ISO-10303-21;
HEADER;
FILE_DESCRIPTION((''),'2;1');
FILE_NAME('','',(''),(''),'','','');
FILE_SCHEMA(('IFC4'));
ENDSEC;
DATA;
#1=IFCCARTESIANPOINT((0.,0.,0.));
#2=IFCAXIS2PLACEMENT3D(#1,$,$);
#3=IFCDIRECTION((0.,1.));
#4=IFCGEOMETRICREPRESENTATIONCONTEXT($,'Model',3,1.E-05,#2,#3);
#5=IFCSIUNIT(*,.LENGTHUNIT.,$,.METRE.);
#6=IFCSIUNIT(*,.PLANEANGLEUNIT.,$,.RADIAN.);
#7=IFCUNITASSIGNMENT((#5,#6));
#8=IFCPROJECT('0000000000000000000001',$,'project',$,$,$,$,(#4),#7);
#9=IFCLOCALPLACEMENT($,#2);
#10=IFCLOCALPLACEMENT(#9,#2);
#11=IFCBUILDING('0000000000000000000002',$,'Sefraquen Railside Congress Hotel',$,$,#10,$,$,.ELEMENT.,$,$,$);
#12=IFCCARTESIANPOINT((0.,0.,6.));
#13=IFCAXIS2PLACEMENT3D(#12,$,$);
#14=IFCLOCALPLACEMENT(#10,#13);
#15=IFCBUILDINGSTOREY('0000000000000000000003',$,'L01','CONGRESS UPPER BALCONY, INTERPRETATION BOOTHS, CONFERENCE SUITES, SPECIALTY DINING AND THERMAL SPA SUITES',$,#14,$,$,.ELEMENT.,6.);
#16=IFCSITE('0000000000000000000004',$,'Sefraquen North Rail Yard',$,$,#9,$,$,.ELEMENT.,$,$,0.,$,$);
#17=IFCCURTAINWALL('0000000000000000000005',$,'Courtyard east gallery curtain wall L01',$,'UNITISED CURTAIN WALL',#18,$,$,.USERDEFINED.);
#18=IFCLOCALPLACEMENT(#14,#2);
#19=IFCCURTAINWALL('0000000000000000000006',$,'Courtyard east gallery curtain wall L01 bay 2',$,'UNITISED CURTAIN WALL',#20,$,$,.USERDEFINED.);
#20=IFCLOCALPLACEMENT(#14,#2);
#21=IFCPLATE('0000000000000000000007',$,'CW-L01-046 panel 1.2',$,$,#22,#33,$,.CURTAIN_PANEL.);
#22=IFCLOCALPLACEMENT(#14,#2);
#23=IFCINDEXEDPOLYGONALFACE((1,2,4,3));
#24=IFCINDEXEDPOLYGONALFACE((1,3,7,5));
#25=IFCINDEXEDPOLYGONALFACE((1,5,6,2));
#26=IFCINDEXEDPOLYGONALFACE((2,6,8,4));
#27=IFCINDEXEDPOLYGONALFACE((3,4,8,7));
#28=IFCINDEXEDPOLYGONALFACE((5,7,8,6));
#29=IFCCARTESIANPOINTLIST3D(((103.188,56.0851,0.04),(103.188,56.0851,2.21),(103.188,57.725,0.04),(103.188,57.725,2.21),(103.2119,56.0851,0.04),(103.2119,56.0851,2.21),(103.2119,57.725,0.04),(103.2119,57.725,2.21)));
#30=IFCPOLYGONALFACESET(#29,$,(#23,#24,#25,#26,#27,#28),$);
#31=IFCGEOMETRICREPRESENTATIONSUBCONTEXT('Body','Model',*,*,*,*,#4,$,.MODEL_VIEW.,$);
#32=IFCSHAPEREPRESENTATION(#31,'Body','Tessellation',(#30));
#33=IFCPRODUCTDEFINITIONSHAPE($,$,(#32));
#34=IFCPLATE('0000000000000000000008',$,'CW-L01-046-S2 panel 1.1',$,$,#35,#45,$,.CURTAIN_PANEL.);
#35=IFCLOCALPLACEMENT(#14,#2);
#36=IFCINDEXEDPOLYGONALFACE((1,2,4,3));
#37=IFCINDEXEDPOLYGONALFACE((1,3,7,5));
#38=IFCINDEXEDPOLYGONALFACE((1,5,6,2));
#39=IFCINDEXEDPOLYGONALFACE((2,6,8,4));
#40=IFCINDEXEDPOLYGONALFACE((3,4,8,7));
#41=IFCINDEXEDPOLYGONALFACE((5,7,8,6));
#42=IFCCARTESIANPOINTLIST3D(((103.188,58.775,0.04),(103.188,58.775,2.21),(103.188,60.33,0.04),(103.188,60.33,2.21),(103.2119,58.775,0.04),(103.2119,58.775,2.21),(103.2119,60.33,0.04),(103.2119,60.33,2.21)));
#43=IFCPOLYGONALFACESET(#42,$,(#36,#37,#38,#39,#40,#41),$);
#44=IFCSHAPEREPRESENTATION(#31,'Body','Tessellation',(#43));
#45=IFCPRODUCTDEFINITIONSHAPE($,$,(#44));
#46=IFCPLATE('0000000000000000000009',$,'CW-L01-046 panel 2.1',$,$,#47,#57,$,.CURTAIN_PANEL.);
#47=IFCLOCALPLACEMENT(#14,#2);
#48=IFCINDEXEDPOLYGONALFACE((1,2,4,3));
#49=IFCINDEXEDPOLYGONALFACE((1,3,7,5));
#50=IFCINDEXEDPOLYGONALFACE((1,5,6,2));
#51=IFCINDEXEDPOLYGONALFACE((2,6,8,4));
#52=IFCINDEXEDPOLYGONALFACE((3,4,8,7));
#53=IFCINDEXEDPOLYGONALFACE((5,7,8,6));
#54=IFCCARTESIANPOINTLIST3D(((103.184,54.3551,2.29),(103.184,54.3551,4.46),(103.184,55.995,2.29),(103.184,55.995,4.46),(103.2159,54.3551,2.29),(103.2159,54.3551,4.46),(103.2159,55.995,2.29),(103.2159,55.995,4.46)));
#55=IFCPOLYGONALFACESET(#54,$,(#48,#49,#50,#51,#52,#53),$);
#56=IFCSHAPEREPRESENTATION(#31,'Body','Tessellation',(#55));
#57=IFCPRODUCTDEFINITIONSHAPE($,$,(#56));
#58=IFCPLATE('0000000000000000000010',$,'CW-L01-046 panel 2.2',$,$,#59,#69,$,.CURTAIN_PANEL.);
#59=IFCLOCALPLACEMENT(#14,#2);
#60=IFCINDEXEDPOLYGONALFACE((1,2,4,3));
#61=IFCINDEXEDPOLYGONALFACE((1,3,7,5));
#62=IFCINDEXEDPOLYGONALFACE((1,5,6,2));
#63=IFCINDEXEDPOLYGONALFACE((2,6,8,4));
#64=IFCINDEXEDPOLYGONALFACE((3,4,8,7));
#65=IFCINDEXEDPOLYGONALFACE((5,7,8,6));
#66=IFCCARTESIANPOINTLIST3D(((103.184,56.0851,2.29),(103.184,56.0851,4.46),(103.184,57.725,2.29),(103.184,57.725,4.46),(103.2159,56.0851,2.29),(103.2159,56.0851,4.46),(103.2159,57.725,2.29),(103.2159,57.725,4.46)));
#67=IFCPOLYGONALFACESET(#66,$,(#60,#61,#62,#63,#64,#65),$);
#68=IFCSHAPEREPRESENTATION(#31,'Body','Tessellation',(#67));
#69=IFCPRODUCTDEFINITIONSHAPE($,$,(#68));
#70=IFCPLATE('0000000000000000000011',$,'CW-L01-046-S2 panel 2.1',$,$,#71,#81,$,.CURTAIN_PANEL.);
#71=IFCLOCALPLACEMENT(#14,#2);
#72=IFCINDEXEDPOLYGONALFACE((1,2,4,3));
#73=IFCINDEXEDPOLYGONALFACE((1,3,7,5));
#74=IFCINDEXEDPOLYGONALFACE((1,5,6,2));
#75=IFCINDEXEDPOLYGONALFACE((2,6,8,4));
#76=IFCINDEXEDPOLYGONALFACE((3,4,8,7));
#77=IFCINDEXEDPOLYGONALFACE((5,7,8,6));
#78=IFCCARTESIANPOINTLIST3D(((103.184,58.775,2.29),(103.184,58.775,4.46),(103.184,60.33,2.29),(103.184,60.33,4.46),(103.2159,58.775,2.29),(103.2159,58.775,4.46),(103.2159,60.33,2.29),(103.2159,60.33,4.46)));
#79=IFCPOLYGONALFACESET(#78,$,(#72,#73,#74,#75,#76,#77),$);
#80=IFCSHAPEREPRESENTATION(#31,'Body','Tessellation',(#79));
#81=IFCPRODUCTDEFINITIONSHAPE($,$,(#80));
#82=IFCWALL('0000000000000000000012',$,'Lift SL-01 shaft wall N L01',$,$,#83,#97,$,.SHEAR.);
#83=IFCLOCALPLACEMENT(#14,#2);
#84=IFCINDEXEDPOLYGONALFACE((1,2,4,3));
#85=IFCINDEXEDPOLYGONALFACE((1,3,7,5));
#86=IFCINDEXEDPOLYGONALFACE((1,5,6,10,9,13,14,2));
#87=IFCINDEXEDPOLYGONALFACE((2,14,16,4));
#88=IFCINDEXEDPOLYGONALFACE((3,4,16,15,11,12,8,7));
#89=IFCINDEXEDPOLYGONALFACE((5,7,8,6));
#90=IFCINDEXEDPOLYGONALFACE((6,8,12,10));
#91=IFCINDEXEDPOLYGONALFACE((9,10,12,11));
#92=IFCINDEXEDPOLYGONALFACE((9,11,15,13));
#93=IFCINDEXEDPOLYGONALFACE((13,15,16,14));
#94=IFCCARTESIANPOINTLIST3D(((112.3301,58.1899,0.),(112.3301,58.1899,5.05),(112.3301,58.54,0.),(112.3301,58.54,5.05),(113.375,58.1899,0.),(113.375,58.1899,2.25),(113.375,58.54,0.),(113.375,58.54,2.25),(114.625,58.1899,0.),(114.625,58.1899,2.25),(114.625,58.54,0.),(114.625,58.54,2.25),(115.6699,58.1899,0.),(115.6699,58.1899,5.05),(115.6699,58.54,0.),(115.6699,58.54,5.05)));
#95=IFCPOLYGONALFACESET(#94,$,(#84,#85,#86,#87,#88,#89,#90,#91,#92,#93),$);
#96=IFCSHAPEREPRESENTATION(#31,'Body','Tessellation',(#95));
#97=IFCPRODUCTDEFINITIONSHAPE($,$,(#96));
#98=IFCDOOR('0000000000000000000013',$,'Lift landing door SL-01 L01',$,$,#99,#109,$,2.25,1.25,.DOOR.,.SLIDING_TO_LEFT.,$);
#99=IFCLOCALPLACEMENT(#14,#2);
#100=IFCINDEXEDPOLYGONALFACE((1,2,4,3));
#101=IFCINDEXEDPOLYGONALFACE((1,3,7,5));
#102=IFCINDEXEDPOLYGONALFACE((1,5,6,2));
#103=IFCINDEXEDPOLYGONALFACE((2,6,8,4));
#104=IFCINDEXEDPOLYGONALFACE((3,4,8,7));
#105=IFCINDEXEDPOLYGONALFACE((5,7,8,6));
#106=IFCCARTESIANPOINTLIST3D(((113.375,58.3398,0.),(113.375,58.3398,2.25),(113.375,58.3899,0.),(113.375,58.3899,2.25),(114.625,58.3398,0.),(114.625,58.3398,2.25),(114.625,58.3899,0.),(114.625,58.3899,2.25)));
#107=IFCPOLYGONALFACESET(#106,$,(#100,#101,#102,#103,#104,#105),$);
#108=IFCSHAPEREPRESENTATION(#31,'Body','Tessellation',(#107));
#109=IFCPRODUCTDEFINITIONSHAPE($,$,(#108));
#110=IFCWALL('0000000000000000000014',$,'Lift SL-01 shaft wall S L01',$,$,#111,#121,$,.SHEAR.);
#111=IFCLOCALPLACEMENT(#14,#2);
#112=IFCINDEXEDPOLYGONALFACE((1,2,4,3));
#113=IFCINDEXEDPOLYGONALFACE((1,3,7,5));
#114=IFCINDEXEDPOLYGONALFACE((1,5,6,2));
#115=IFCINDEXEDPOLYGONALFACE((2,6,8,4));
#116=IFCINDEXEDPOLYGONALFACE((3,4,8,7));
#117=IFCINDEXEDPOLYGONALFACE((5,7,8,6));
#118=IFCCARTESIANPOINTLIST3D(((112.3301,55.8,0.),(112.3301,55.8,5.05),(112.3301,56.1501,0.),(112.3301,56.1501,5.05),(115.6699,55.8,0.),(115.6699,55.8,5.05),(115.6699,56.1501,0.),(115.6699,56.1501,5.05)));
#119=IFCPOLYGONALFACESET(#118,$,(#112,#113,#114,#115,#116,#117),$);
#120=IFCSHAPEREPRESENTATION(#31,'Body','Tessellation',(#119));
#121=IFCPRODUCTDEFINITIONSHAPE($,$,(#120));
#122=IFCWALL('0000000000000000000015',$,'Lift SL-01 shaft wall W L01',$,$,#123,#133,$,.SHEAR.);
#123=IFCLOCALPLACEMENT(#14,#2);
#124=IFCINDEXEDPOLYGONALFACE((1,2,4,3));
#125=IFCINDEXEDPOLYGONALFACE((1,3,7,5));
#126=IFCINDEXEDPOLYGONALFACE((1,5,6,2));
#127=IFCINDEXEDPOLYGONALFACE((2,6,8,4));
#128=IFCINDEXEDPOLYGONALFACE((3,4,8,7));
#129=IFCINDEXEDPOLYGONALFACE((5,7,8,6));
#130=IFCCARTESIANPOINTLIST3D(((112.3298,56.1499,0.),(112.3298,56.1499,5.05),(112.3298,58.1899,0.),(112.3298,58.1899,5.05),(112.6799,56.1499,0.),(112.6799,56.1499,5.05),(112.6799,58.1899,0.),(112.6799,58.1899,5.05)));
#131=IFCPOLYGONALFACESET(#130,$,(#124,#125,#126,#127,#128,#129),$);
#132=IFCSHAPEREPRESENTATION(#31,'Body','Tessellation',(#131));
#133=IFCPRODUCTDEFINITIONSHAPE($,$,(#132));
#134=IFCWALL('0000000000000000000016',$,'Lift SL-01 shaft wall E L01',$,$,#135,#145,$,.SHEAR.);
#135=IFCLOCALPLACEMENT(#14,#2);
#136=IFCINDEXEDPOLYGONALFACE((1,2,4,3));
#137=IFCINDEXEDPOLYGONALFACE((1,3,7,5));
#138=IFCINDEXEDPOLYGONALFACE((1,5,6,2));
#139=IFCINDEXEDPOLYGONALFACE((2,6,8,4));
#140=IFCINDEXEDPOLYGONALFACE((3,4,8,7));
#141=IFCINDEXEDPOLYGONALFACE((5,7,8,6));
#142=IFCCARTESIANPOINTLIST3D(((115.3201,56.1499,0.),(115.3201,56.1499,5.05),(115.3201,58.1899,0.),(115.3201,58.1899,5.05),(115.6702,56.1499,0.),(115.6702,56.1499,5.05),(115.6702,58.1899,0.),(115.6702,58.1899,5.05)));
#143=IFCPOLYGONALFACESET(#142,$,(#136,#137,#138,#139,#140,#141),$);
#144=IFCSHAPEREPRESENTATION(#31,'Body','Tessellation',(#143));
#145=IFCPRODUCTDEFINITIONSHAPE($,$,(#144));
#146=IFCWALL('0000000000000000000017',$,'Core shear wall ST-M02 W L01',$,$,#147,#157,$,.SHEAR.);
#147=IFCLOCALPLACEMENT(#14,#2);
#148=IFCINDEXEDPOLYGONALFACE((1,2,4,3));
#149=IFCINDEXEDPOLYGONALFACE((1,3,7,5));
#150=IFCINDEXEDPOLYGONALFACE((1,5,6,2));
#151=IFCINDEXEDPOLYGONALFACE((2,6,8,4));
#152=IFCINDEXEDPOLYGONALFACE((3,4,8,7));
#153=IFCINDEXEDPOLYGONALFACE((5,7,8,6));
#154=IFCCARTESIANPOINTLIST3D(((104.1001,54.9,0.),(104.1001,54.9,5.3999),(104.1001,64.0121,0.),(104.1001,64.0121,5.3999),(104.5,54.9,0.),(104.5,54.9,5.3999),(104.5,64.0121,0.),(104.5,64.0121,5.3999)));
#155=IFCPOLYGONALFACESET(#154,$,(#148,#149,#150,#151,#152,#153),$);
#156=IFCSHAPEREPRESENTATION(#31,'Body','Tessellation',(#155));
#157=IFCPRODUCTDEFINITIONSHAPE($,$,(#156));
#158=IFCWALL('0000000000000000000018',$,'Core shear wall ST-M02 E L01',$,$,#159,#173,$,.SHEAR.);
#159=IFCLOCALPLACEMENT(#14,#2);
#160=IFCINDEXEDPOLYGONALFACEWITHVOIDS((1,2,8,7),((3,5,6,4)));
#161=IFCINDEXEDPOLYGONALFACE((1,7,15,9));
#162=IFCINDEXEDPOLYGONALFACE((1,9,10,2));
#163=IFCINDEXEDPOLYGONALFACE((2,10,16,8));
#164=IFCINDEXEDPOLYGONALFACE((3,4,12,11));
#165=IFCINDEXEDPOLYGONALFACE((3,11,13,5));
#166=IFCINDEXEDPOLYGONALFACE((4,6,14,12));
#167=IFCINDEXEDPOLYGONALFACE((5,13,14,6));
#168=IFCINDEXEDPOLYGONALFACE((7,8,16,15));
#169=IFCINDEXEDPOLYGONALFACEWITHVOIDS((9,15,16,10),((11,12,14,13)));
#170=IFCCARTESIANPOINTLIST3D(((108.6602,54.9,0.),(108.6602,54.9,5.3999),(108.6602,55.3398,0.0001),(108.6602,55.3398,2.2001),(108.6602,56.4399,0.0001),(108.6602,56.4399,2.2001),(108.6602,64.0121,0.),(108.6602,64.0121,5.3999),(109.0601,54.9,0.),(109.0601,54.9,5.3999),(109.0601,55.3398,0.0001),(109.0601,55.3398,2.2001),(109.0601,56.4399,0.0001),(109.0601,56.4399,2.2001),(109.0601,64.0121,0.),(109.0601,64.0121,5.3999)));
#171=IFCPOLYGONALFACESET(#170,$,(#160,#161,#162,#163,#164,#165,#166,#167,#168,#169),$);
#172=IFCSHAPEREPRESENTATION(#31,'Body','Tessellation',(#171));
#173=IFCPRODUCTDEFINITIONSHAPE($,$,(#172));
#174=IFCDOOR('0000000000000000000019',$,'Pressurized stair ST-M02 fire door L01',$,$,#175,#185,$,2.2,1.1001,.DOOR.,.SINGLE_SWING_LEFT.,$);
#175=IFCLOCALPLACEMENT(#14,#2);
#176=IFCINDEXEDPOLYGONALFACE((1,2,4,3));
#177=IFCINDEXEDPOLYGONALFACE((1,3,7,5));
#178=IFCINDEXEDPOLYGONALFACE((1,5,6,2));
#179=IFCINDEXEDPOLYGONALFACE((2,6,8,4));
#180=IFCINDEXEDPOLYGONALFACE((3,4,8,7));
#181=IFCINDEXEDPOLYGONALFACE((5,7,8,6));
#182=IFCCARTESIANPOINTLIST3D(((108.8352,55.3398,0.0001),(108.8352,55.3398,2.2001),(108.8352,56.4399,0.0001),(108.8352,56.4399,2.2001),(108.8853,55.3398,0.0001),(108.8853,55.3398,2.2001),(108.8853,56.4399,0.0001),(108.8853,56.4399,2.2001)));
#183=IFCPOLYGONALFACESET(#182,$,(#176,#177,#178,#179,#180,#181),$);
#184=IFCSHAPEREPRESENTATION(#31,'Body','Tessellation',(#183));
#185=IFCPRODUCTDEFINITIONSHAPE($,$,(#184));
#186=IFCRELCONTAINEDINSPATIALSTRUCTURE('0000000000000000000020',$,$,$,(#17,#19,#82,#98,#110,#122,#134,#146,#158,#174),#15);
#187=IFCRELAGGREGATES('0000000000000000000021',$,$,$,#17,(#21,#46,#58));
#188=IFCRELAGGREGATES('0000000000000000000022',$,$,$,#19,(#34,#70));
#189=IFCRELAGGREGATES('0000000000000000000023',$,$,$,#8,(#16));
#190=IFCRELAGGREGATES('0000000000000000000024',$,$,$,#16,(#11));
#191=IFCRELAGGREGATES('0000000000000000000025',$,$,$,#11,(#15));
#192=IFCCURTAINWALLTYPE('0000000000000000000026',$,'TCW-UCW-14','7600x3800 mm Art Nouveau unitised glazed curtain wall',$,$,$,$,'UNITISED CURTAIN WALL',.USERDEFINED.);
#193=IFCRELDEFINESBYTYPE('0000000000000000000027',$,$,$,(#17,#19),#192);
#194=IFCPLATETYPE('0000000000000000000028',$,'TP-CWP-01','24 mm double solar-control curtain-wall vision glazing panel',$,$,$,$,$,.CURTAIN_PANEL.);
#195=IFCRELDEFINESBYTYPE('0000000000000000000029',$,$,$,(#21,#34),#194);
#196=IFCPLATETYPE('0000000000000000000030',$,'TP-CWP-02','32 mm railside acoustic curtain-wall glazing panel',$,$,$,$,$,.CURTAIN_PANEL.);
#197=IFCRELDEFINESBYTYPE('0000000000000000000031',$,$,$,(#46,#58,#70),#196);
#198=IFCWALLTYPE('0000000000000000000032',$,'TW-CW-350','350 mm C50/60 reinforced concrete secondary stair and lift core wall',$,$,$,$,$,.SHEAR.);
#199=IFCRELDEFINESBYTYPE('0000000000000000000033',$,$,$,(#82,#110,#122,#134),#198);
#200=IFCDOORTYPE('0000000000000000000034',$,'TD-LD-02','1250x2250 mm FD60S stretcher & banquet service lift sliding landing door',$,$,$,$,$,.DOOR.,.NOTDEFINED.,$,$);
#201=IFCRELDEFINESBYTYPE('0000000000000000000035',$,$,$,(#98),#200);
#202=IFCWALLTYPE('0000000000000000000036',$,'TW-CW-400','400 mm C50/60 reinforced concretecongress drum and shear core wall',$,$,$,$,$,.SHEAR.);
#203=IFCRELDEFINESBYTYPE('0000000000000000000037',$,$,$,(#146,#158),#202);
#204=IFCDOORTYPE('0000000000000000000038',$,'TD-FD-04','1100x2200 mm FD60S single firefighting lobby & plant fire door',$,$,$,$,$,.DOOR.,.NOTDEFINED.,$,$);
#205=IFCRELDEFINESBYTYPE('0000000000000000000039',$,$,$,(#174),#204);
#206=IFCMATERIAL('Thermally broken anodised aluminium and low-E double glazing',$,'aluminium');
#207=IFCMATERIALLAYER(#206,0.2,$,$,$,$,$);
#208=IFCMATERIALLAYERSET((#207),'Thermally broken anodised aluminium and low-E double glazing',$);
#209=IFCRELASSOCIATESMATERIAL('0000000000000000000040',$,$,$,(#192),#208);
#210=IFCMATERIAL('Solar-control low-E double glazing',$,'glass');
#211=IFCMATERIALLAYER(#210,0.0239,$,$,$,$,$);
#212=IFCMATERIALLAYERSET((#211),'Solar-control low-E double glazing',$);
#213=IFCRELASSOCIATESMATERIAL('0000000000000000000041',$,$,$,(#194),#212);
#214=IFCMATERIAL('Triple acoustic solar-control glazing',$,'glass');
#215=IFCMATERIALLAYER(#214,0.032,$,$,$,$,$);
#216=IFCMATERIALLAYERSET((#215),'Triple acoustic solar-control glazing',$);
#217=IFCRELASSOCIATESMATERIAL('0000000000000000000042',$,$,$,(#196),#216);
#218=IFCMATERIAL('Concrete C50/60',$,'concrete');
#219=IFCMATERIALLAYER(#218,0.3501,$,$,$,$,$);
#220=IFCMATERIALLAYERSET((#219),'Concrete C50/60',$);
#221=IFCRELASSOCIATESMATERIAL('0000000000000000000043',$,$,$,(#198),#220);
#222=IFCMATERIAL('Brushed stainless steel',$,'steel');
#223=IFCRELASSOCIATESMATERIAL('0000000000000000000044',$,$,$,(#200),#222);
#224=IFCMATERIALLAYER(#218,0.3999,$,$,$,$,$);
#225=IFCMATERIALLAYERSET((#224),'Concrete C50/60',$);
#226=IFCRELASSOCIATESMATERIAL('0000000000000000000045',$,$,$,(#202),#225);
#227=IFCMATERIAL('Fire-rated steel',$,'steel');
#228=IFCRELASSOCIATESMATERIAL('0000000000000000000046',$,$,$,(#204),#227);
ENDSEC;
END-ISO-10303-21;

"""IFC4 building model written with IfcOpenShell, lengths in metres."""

from ifc_helpers import new_model, si_unit, direction, frame, frame_2d, origin, origin_2d, place, context, subcontext, project, spatial, rectangle, extrude, material, layer, layer_set, type_object, element, fill, aggregate, save


model = new_model("IFC4")

# Units and contexts
model_context = context("Model", 3, precision=1e-05, world=origin(), true_north=direction((0.0, 1.0)))
body_context = subcontext(model_context, "Body", "Model", "MODEL_VIEW")
ifc_project = project(units=[si_unit("LENGTHUNIT", "METRE"), si_unit("PLANEANGLEUNIT", "RADIAN")], contexts=[model_context])

# Site, building, storey
site_placement = place(None, origin())
site = spatial("IfcSite", under=ifc_project, at=site_placement, Name="Sefraquen North Rail Yard", CompositionType="ELEMENT", RefElevation=0.0)
building_placement = place(site_placement, origin())
building = spatial("IfcBuilding", under=site, at=building_placement, Name="Sefraquen Railside Congress Hotel", CompositionType="ELEMENT")
storey_placement = place(building_placement, frame((0.0, 0.0, 6.0)))
storey = spatial("IfcBuildingStorey", under=building, at=storey_placement, Name="L01", Description="CONGRESS UPPER BALCONY, INTERPRETATION BOOTHS, CONFERENCE SUITES, SPECIALTY DINING AND THERMAL SPA SUITES", CompositionType="ELEMENT", Elevation=6.0)

# Shared definitions
ifc_material_1 = material(Name="Concrete C50/60", Category="concrete")

# Curtain walls
ifc_material_2 = material(Name="Thermally broken anodised aluminium and low-E double glazing", Category="aluminium")
ifc_layer_1 = layer(ifc_material_2, 0.2)
ifc_layer_set_1 = layer_set([ifc_layer_1], Name="Thermally broken anodised aluminium and low-E double glazing")
curtain_wall_type = type_object("IfcCurtainWallType", Name="TCW-UCW-14", Description="7600x3800 mm Art Nouveau unitised glazed curtain wall", ElementType="UNITISED CURTAIN WALL", PredefinedType="USERDEFINED", material=ifc_layer_set_1)
curtain_wall_1_placement = place(storey_placement, origin())
curtain_wall_1 = element("IfcCurtainWall", 1, at=curtain_wall_1_placement, inside=storey, type_object=curtain_wall_type, Name="Courtyard east gallery curtain wall L01", ObjectType="UNITISED CURTAIN WALL", PredefinedType="USERDEFINED")
curtain_wall_2_placement = place(storey_placement, origin())
curtain_wall_2 = element("IfcCurtainWall", 2, at=curtain_wall_2_placement, inside=storey, type_object=curtain_wall_type, Name="Courtyard east gallery curtain wall L01 bay 2", ObjectType="UNITISED CURTAIN WALL", PredefinedType="USERDEFINED")

# Plates
ifc_material_3 = material(Name="Solar-control low-E double glazing", Category="glass")
ifc_layer_2 = layer(ifc_material_3, 0.0239)
ifc_layer_set_2 = layer_set([ifc_layer_2], Name="Solar-control low-E double glazing")
plate_type_1 = type_object("IfcPlateType", Name="TP-CWP-01", Description="24 mm double solar-control curtain-wall vision glazing panel", PredefinedType="CURTAIN_PANEL", material=ifc_layer_set_2)
plate_1_placement = place(storey_placement, frame((103.2, 56.905, 0.04), z_axis=(0.0, 0.0, 1.0), x_axis=(0.0, 1.0, 0.0)))
plate_1 = element("IfcPlate", 3, at=plate_1_placement, type_object=plate_type_1, Name="CW-L01-046 panel 1.2", PredefinedType="CURTAIN_PANEL", context=body_context, shape_type="SweptSolid", body=[
    extrude(rectangle(XDim=1.6399, YDim=0.0239, at=origin_2d()), origin(), (0.0, 0.0, 1.0), 2.1699),
])
plate_2_placement = place(storey_placement, frame((103.2, 59.5525, 0.04), z_axis=(0.0, 0.0, 1.0), x_axis=(0.0, 1.0, 0.0)))
plate_2 = element("IfcPlate", 4, at=plate_2_placement, type_object=plate_type_1, Name="CW-L01-046-S2 panel 1.1", PredefinedType="CURTAIN_PANEL", context=body_context, shape_type="SweptSolid", body=[
    extrude(rectangle(XDim=1.5549, YDim=0.0239, at=origin_2d()), origin(), (0.0, 0.0, 1.0), 2.1699),
])
ifc_material_4 = material(Name="Triple acoustic solar-control glazing", Category="glass")
ifc_layer_3 = layer(ifc_material_4, 0.032)
ifc_layer_set_3 = layer_set([ifc_layer_3], Name="Triple acoustic solar-control glazing")
plate_type_2 = type_object("IfcPlateType", Name="TP-CWP-02", Description="32 mm railside acoustic curtain-wall glazing panel", PredefinedType="CURTAIN_PANEL", material=ifc_layer_set_3)
plate_3_placement = place(storey_placement, frame((103.2, 55.175, 2.29), z_axis=(0.0, 0.0, 1.0), x_axis=(0.0, 1.0, 0.0)))
plate_3 = element("IfcPlate", 5, at=plate_3_placement, type_object=plate_type_2, Name="CW-L01-046 panel 2.1", PredefinedType="CURTAIN_PANEL", context=body_context, shape_type="SweptSolid", body=[
    extrude(rectangle(XDim=1.6399, YDim=0.032, at=origin_2d()), origin(), (0.0, 0.0, 1.0), 2.1699),
])
plate_4_placement = place(storey_placement, frame((103.2, 56.905, 2.29), z_axis=(0.0, 0.0, 1.0), x_axis=(0.0, 1.0, 0.0)))
plate_4 = element("IfcPlate", 6, at=plate_4_placement, type_object=plate_type_2, Name="CW-L01-046 panel 2.2", PredefinedType="CURTAIN_PANEL", context=body_context, shape_type="SweptSolid", body=[
    extrude(rectangle(XDim=1.6399, YDim=0.032, at=origin_2d()), origin(), (0.0, 0.0, 1.0), 2.1699),
])
aggregate(curtain_wall_1, [plate_1, plate_3, plate_4])
plate_5_placement = place(storey_placement, frame((103.2, 59.5525, 2.29), z_axis=(0.0, 0.0, 1.0), x_axis=(0.0, 1.0, 0.0)))
plate_5 = element("IfcPlate", 7, at=plate_5_placement, type_object=plate_type_2, Name="CW-L01-046-S2 panel 2.1", PredefinedType="CURTAIN_PANEL", context=body_context, shape_type="SweptSolid", body=[
    extrude(rectangle(XDim=1.5549, YDim=0.032, at=origin_2d()), origin(), (0.0, 0.0, 1.0), 2.1699),
])
aggregate(curtain_wall_2, [plate_2, plate_5])

# Wall, opening, door
ifc_layer_4 = layer(ifc_material_1, 0.3501)
ifc_layer_set_4 = layer_set([ifc_layer_4], Name="Concrete C50/60")
wall_type_1 = type_object("IfcWallType", Name="TW-CW-350", Description="350 mm C50/60 reinforced concrete secondary stair and lift core wall", PredefinedType="SHEAR", material=ifc_layer_set_4)
wall_1_placement = place(storey_placement, frame((112.3301, 58.365, 0.0), z_axis=(0.0, 0.0, 1.0), x_axis=(1.0, 0.0, 0.0)))
wall_1 = element("IfcWall", 8, at=wall_1_placement, inside=storey, type_object=wall_type_1, Name="Lift SL-01 shaft wall N L01", PredefinedType="SHEAR", context=body_context, shape_type="SweptSolid", body=[
    extrude(rectangle(XDim=3.3398, YDim=0.3501, at=frame_2d((1.6699, 0.0))), origin(), (0.0, 0.0, 1.0), 5.05),
])
opening_1_placement = place(wall_1_placement, frame((1.0449, 0.0, 0.0)))
opening_1 = element("IfcOpeningElement", 9, at=opening_1_placement, cuts=wall_1, PredefinedType="OPENING", context=body_context, shape_type="SweptSolid", body=[
    extrude(rectangle(XDim=1.25, YDim=2.25, at=frame_2d((0.625, 1.125))), frame((0.0, 0.1851, 0.0), z_axis=(0.0, -1.0, 0.0), x_axis=(1.0, 0.0, 0.0)), (0.0, 0.0, 1.0), 0.3701),
])
ifc_material_5 = material(Name="Brushed stainless steel", Category="steel")
door_type_1 = type_object("IfcDoorType", Name="TD-LD-02", Description="1250x2250 mm FD60S stretcher & banquet service lift sliding landing door", OperationType="NOTDEFINED", PredefinedType="DOOR", material=ifc_material_5)
door_1_placement = place(opening_1_placement, origin())
door_1 = element("IfcDoor", 10, at=door_1_placement, inside=storey, type_object=door_type_1, Name="Lift landing door SL-01 L01", OperationType="SLIDING_TO_LEFT", OverallHeight=2.25, OverallWidth=1.25, PredefinedType="DOOR", context=body_context, shape_type="SweptSolid", body=[
    extrude(rectangle(XDim=1.25, YDim=2.25, at=frame_2d((0.625, 1.125))), frame((0.0, 0.0249, 0.0), z_axis=(0.0, -1.0, 0.0), x_axis=(1.0, 0.0, 0.0)), (0.0, 0.0, 1.0), 0.05),
])
fill(opening_1, door_1)

# Walls
wall_2_placement = place(storey_placement, frame((112.3301, 55.9751, 0.0), z_axis=(0.0, 0.0, 1.0), x_axis=(1.0, 0.0, 0.0)))
element("IfcWall", 11, at=wall_2_placement, inside=storey, type_object=wall_type_1, Name="Lift SL-01 shaft wall S L01", PredefinedType="SHEAR", context=body_context, shape_type="SweptSolid", body=[
    extrude(rectangle(XDim=3.3398, YDim=0.3501, at=frame_2d((1.6699, 0.0))), origin(), (0.0, 0.0, 1.0), 5.05),
])
for number, where, z_axis, x_axis, name in (
    (12, (112.5049, 56.1499, 0.0), (0.0, 0.0, 1.0), (0.0, 1.0, 0.0), "Lift SL-01 shaft wall W L01"),
    (13, (115.4951, 56.1499, 0.0), (0.0, 0.0, 1.0), (0.0, 1.0, 0.0), "Lift SL-01 shaft wall E L01"),
):
    element("IfcWall", number, at=place(storey_placement, frame(where, z_axis=z_axis, x_axis=x_axis)), inside=storey, type_object=wall_type_1, Name=name, PredefinedType="SHEAR", context=body_context, shape_type="SweptSolid", body=[
        extrude(rectangle(XDim=2.04, YDim=0.3501, at=frame_2d((1.02, 0.0))), origin(), (0.0, 0.0, 1.0), 5.05),
    ])
ifc_layer_5 = layer(ifc_material_1, 0.3999)
ifc_layer_set_5 = layer_set([ifc_layer_5], Name="Concrete C50/60")
wall_type_2 = type_object("IfcWallType", Name="TW-CW-400", Description="400 mm C50/60 reinforced concretecongress drum and shear core wall", PredefinedType="SHEAR", material=ifc_layer_set_5)
wall_3_placement = place(storey_placement, frame((104.3, 54.8999, 0.0), z_axis=(0.0, 0.0, 1.0), x_axis=(0.0, 1.0, 0.0)))
element("IfcWall", 14, at=wall_3_placement, inside=storey, type_object=wall_type_2, Name="Core shear wall ST-M02 W L01", PredefinedType="SHEAR", context=body_context, shape_type="SweptSolid", body=[
    extrude(rectangle(XDim=9.1121, YDim=0.3999, at=frame_2d((4.5562, 0.0))), origin(), (0.0, 0.0, 1.0), 5.3999),
])

# Wall, opening, door
wall_4_placement = place(storey_placement, frame((108.8601, 54.8999, 0.0), z_axis=(0.0, 0.0, 1.0), x_axis=(0.0, 1.0, 0.0)))
wall_4 = element("IfcWall", 15, at=wall_4_placement, inside=storey, type_object=wall_type_2, Name="Core shear wall ST-M02 E L01", PredefinedType="SHEAR", context=body_context, shape_type="SweptSolid", body=[
    extrude(rectangle(XDim=9.1121, YDim=0.3999, at=frame_2d((4.5562, 0.0))), origin(), (0.0, 0.0, 1.0), 5.3999),
])
opening_2_placement = place(wall_4_placement, frame((0.4399, 0.0, 0.0)))
opening_2 = element("IfcOpeningElement", 16, at=opening_2_placement, cuts=wall_4, PredefinedType="OPENING", context=body_context, shape_type="SweptSolid", body=[
    extrude(rectangle(XDim=1.1001, YDim=2.2, at=frame_2d((0.55, 1.1001))), frame((0.0, 0.21, 0.0), z_axis=(0.0, -1.0, 0.0), x_axis=(1.0, 0.0, 0.0)), (0.0, 0.0, 1.0), 0.4199),
])
ifc_material_6 = material(Name="Fire-rated steel", Category="steel")
door_type_2 = type_object("IfcDoorType", Name="TD-FD-04", Description="1100x2200 mm FD60S single firefighting lobby & plant fire door", OperationType="NOTDEFINED", PredefinedType="DOOR", material=ifc_material_6)
door_2_placement = place(opening_2_placement, origin())
door_2 = element("IfcDoor", 17, at=door_2_placement, inside=storey, type_object=door_type_2, Name="Pressurized stair ST-M02 fire door L01", OperationType="SINGLE_SWING_LEFT", OverallHeight=2.2, OverallWidth=1.1001, PredefinedType="DOOR", context=body_context, shape_type="SweptSolid", body=[
    extrude(rectangle(XDim=1.1001, YDim=2.2, at=frame_2d((0.55, 1.1001))), frame((0.0, 0.0249, 0.0), z_axis=(0.0, -1.0, 0.0), x_axis=(1.0, 0.0, 0.0)), (0.0, 0.0, 1.0), 0.05),
])
fill(opening_2, door_2)

save(model, "model.ifc")
